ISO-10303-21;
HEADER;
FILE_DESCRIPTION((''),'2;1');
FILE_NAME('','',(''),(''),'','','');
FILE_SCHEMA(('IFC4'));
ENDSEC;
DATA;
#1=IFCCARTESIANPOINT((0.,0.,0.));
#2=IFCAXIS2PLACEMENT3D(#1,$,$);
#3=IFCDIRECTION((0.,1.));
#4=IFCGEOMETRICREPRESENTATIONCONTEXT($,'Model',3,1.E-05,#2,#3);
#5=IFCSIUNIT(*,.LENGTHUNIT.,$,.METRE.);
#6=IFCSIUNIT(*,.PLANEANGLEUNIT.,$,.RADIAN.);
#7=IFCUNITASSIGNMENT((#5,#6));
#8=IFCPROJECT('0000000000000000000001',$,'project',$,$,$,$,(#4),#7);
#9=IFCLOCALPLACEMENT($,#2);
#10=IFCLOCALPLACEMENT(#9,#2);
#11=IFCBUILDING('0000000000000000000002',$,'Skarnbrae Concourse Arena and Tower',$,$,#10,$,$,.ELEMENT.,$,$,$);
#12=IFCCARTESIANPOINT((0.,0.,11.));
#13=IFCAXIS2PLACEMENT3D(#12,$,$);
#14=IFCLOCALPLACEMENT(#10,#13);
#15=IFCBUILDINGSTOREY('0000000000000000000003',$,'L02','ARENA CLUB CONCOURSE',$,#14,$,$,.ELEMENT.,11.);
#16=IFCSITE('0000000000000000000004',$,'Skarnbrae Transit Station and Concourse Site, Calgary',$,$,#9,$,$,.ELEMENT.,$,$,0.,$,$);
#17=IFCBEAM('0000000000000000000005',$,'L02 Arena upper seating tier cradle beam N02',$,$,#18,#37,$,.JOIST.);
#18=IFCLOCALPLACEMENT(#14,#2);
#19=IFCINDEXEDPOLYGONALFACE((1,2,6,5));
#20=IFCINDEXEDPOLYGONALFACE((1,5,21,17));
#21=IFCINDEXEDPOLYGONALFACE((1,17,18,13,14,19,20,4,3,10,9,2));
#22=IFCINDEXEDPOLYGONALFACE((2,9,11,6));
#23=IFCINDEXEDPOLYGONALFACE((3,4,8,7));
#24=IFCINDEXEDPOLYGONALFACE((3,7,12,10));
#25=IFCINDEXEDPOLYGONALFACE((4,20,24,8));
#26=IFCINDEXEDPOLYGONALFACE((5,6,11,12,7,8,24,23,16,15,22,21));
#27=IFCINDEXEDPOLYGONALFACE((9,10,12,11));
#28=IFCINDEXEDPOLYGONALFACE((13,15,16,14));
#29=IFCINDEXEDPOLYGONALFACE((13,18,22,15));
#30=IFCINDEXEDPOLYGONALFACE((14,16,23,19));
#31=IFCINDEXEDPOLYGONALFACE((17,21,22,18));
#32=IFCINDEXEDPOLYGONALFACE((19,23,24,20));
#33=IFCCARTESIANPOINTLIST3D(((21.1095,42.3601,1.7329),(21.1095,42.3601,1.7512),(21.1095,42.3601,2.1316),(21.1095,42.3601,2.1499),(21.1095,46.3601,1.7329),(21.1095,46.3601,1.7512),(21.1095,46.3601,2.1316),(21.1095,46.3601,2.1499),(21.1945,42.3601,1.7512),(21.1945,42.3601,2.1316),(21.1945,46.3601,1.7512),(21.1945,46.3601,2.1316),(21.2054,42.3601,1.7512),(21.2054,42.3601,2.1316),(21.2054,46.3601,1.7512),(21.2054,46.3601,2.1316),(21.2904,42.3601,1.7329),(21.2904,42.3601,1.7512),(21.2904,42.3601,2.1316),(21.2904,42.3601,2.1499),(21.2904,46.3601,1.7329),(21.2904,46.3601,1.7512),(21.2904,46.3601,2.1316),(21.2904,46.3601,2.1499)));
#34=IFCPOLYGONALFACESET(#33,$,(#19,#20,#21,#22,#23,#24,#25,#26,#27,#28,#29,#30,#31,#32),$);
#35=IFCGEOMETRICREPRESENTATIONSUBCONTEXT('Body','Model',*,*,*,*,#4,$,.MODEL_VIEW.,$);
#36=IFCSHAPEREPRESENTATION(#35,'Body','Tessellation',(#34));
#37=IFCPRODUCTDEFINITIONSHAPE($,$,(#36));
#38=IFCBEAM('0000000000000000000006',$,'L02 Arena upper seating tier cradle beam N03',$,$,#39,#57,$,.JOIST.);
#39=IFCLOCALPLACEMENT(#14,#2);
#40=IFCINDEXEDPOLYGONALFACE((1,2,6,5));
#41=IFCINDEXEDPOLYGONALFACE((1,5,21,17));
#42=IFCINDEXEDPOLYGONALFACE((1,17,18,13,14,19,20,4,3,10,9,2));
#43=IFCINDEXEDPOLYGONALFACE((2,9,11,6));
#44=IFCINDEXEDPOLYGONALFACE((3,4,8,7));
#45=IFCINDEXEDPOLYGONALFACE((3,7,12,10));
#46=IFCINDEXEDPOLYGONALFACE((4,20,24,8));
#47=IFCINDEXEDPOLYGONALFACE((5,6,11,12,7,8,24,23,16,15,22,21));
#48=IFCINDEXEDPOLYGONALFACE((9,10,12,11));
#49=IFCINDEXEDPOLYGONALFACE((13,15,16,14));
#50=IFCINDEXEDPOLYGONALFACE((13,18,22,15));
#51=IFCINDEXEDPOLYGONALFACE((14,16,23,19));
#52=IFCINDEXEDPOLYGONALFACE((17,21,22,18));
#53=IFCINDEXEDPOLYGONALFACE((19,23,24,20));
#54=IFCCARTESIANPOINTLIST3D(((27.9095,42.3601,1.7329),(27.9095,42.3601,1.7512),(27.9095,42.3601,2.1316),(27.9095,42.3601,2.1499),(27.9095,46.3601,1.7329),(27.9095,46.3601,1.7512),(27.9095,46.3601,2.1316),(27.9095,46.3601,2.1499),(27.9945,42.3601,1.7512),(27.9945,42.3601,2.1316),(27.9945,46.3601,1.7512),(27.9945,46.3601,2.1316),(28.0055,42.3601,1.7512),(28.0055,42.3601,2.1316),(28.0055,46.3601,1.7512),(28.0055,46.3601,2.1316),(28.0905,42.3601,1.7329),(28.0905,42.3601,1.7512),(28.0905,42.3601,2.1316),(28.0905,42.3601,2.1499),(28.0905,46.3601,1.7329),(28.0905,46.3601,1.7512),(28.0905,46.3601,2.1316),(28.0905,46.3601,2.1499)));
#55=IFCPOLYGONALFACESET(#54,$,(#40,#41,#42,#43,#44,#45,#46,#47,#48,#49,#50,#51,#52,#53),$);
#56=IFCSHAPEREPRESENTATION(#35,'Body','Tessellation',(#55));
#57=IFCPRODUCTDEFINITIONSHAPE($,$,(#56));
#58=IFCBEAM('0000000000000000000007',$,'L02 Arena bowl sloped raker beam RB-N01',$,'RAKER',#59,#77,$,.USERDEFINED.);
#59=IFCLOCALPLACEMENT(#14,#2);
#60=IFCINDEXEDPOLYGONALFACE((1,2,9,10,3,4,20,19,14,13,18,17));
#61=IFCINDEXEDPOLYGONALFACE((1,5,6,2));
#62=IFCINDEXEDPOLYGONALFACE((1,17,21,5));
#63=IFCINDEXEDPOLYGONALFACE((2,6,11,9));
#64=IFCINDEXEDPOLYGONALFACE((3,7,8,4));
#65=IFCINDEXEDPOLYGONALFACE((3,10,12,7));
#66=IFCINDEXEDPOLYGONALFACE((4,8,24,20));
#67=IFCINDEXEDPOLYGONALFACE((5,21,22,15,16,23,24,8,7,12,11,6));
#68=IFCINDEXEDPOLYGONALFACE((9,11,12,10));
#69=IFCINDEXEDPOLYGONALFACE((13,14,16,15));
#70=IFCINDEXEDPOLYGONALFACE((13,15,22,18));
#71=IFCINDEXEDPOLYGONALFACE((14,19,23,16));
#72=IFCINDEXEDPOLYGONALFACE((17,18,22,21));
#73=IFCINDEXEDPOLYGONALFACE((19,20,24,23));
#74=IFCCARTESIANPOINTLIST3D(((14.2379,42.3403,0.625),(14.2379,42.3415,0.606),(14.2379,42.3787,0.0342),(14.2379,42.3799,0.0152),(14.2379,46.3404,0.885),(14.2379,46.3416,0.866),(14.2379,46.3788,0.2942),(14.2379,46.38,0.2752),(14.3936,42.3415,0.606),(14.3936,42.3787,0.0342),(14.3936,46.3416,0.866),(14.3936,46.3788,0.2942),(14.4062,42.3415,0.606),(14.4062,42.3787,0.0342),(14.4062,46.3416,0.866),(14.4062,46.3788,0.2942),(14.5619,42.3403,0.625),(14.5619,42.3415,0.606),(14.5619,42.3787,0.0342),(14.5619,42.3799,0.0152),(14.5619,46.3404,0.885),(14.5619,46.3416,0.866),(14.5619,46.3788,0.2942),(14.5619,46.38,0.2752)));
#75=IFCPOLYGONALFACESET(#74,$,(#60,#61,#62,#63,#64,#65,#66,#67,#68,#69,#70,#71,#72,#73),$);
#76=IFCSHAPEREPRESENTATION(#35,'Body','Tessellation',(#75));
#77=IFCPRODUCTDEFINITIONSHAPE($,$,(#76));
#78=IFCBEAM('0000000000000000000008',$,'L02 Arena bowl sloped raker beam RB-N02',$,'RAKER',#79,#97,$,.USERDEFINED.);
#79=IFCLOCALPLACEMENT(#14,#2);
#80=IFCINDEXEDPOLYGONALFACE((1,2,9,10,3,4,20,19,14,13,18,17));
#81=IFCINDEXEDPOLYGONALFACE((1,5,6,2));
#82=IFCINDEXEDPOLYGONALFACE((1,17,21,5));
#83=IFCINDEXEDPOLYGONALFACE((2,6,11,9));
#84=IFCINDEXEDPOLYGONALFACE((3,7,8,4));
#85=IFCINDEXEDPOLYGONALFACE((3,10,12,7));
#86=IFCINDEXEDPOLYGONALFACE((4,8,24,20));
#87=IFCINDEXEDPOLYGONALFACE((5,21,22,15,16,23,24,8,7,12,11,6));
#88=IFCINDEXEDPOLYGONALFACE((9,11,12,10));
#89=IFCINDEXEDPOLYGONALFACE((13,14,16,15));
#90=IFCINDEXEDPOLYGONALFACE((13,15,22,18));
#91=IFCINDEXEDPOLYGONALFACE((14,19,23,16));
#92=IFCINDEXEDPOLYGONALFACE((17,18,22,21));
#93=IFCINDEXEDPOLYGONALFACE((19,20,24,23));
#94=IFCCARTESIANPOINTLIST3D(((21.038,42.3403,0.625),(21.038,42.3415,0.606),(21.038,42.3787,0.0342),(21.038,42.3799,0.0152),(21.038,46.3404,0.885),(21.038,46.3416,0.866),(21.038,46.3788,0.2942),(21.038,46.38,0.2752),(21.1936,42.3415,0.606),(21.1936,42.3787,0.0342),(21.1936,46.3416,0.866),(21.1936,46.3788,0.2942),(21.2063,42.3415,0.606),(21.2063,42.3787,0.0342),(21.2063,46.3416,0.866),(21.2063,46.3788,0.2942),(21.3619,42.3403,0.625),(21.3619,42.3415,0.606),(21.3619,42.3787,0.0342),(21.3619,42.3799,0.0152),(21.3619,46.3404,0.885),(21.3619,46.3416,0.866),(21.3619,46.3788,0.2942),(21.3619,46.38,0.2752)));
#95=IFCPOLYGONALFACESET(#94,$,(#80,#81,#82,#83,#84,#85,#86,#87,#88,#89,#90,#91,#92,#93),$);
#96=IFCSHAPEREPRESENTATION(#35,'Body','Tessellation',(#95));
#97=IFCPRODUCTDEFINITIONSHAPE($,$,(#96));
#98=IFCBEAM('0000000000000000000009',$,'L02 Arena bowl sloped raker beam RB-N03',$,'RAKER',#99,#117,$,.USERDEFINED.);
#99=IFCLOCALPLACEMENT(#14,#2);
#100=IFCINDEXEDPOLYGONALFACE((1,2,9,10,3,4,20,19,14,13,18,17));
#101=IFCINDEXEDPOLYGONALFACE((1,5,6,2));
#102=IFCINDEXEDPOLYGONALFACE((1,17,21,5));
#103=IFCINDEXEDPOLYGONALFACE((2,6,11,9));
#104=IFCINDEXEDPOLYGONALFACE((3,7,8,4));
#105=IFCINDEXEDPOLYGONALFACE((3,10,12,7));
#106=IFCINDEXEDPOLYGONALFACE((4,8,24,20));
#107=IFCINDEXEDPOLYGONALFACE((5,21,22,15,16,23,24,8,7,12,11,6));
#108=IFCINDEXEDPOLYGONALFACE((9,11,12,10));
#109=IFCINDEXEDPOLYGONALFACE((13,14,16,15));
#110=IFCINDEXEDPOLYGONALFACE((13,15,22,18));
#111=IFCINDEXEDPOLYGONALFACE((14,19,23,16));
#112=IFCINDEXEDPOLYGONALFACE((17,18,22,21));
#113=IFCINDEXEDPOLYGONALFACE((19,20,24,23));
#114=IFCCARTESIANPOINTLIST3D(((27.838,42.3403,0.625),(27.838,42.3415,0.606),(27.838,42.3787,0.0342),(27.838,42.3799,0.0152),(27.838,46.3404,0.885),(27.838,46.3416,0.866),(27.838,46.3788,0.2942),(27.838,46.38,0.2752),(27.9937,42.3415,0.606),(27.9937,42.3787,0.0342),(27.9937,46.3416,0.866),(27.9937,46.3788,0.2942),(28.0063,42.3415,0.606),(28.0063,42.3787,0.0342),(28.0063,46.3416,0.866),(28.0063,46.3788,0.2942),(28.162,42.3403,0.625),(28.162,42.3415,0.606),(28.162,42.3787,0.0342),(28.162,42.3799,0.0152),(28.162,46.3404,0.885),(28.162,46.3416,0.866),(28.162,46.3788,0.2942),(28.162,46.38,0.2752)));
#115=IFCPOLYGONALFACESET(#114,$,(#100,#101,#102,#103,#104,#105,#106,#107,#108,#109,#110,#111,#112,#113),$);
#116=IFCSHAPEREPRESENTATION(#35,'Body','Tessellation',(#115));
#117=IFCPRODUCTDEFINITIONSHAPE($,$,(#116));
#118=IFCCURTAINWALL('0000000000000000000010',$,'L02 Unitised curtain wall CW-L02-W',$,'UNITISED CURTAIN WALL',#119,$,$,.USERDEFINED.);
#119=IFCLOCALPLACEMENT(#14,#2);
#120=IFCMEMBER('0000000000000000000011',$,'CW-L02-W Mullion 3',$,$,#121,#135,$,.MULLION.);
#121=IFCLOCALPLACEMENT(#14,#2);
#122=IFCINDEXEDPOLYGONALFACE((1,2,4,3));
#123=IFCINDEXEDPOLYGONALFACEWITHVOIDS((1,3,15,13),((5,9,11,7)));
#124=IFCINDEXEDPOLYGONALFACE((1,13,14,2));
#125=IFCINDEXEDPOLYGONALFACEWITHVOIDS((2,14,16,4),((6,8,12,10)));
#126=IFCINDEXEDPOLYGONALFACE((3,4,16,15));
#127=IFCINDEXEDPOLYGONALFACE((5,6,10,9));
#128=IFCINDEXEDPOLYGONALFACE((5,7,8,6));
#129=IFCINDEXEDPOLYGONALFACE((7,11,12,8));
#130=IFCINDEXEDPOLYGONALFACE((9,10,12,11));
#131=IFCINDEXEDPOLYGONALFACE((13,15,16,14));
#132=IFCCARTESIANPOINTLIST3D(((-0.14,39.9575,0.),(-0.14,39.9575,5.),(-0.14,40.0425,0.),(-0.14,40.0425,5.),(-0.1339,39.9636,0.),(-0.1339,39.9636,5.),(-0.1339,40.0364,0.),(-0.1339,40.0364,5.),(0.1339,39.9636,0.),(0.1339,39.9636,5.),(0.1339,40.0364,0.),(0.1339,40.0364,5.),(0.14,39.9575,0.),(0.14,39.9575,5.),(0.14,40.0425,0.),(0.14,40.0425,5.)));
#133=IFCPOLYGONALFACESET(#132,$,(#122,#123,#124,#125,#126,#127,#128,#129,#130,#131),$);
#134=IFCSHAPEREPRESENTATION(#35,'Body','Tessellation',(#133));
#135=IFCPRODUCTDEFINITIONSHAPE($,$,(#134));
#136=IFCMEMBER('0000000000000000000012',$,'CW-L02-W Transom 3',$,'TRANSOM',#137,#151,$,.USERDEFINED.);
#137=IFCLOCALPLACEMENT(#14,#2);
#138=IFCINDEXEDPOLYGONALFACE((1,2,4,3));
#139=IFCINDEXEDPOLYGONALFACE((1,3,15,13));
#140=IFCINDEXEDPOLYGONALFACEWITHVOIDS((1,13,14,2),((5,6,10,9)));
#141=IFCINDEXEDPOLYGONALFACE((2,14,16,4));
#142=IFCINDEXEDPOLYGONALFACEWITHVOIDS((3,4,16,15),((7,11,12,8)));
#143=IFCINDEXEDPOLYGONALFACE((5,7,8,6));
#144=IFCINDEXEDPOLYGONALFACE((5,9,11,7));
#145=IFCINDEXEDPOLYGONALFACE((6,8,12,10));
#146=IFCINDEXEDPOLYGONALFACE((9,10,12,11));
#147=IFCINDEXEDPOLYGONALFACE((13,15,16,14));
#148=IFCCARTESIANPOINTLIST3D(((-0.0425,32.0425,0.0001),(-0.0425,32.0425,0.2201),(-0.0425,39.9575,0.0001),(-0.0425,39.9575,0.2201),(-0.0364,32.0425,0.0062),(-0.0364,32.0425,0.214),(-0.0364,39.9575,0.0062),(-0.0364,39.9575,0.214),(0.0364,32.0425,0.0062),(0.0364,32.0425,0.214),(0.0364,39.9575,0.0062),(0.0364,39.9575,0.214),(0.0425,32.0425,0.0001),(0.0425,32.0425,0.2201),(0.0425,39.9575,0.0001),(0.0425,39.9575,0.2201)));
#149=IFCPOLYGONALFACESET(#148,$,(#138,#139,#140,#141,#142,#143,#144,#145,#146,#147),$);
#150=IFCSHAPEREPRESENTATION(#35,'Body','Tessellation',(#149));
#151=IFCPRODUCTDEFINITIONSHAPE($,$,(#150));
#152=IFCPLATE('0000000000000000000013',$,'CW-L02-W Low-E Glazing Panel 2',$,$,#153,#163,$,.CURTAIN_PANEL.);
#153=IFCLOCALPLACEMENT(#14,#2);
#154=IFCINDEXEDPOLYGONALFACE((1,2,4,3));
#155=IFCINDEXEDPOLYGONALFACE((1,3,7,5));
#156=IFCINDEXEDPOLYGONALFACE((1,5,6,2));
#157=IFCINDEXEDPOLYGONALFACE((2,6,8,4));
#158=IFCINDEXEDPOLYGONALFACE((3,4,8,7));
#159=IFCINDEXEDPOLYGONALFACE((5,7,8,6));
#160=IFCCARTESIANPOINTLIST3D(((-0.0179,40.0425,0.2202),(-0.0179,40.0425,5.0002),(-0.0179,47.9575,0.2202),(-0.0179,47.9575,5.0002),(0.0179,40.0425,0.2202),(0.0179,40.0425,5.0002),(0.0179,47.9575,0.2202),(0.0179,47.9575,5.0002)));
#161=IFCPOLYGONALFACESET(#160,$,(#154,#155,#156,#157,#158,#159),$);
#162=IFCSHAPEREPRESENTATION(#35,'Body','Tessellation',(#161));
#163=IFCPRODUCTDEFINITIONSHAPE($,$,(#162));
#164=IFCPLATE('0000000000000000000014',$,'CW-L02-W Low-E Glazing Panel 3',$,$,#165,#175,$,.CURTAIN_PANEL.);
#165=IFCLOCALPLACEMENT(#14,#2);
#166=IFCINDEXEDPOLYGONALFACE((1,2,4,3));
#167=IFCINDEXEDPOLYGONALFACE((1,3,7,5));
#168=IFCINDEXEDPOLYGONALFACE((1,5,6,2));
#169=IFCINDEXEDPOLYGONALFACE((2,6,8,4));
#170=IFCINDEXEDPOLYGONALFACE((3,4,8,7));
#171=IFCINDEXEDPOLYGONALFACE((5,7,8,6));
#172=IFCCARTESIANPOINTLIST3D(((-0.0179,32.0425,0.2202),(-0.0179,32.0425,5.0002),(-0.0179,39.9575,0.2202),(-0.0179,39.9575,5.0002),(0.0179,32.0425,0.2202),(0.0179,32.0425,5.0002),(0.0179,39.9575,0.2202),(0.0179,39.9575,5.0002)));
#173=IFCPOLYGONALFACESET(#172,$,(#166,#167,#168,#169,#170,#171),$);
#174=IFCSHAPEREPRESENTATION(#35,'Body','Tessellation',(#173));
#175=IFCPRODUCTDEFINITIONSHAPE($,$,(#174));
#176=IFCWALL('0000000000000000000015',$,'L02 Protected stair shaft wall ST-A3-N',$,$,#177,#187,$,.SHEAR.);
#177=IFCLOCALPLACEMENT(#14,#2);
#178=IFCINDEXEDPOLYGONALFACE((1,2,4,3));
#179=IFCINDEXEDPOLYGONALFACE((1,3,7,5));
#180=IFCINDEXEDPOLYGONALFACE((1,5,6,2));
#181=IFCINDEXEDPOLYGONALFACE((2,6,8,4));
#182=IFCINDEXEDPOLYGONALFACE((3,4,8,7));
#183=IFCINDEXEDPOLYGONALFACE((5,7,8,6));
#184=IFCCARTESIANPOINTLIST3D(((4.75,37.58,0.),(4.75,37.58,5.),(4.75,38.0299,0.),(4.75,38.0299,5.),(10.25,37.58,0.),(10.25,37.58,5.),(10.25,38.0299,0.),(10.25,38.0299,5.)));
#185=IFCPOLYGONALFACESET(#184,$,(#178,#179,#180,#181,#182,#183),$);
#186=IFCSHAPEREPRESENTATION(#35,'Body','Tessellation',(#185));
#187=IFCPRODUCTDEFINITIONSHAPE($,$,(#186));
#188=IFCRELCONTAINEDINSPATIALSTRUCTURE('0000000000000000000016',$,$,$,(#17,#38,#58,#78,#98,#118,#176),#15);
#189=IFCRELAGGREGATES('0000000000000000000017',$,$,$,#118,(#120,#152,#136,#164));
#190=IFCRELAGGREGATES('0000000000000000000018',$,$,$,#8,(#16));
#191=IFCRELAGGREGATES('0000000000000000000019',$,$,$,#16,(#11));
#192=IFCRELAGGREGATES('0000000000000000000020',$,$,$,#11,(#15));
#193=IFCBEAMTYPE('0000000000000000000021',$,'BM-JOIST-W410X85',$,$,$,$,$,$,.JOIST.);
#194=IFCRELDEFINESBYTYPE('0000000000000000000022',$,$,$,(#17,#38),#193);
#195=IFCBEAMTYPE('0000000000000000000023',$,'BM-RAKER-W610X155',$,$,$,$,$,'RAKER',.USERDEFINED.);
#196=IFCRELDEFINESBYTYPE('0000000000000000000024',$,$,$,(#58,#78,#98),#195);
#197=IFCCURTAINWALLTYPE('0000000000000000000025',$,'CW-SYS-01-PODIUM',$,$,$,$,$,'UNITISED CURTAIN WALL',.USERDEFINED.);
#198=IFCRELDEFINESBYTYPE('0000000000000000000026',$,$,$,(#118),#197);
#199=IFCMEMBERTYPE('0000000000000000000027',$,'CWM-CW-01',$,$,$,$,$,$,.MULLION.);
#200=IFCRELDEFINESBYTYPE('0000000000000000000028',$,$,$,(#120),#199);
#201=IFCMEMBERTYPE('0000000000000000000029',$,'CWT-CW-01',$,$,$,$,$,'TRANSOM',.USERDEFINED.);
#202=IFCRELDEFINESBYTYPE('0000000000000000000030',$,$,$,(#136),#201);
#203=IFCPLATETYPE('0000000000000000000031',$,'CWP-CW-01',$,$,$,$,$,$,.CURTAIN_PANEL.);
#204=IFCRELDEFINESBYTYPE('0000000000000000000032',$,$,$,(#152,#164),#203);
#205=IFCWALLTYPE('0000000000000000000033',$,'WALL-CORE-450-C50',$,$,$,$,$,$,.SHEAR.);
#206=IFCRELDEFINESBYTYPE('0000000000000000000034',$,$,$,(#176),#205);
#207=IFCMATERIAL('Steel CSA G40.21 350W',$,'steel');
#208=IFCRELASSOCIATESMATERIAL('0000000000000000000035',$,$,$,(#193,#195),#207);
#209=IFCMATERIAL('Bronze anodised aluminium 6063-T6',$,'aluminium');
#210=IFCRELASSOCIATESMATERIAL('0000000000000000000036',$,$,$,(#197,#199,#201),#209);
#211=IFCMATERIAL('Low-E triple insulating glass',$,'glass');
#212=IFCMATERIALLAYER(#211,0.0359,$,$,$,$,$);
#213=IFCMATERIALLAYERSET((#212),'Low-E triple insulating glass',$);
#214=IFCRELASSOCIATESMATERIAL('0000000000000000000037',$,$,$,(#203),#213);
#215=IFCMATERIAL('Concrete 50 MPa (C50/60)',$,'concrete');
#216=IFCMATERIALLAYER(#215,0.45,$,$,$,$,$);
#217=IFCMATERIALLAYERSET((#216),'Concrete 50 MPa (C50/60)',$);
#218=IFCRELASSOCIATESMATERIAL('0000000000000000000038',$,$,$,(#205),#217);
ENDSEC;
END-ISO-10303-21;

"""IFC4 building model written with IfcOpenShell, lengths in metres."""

from ifc_helpers import new_model, si_unit, direction, frame, frame_2d, origin, origin_2d, place, context, subcontext, project, spatial, rectangle, hollow_rectangle, i_section, extrude, source, transform, mapped, material, layer, layer_set, material_profile, profile_set, type_object, element, aggregate, save


model = new_model("IFC4")

# Units and contexts
model_context = context("Model", 3, precision=1e-05, world=origin(), true_north=direction((0.0, 1.0)))
body_context = subcontext(model_context, "Body", "Model", "MODEL_VIEW")
ifc_project = project(units=[si_unit("LENGTHUNIT", "METRE"), si_unit("PLANEANGLEUNIT", "RADIAN")], contexts=[model_context])

# Site, building, storey
site_placement = place(None, origin())
site = spatial("IfcSite", under=ifc_project, at=site_placement, Name="Skarnbrae Transit Station and Concourse Site, Calgary", CompositionType="ELEMENT", RefElevation=0.0)
building_placement = place(site_placement, origin())
building = spatial("IfcBuilding", under=site, at=building_placement, Name="Skarnbrae Concourse Arena and Tower", CompositionType="ELEMENT")
storey_placement = place(building_placement, frame((0.0, 0.0, 11.0)))
storey = spatial("IfcBuildingStorey", under=building, at=storey_placement, Name="L02", Description="ARENA CLUB CONCOURSE", CompositionType="ELEMENT", Elevation=11.0)

# Shared definitions
ifc_material_1 = material(Name="Steel CSA G40.21 350W", Category="steel")

# Beams
ifc_material_profile_1 = material_profile(ifc_material_1, i_section(OverallWidth=0.1809, OverallDepth=0.417, WebThickness=0.011, FlangeThickness=0.0183, at=origin_2d()), Name="W410X85")
ifc_profile_set_1 = profile_set([ifc_material_profile_1], Name="Steel CSA G40.21 350W")
beam_type_1 = type_object("IfcBeamType", Name="BM-JOIST-W410X85", PredefinedType="JOIST", material=ifc_profile_set_1)
shared_shape_1 = source(origin(), body_context, "Body", "SweptSolid", [
    extrude(i_section(OverallWidth=0.1809, OverallDepth=0.417, WebThickness=0.011, FlangeThickness=0.0183, at=origin_2d()), origin(), (0.0, 0.0, 1.0), 4.0),
])
for number, where, z_axis, x_axis, name in (
    (1, (21.2, 42.3601, 1.9414), (0.0, 1.0, 0.0), (-1.0, 0.0, 0.0), "L02 Arena upper seating tier cradle beam N02"),
    (2, (28.0, 42.3601, 1.9414), (0.0, 1.0, 0.0), (-1.0, 0.0, 0.0), "L02 Arena upper seating tier cradle beam N03"),
):
    element("IfcBeam", number, at=place(storey_placement, frame(where, z_axis=z_axis, x_axis=x_axis)), inside=storey, type_object=beam_type_1, Name=name, PredefinedType="JOIST", context=body_context, shape_type="MappedRepresentation", body=[
        mapped(shared_shape_1, transform((0.0, 0.0, 0.0))),
    ])
ifc_material_profile_2 = material_profile(ifc_material_1, i_section(OverallWidth=0.324, OverallDepth=0.6111, WebThickness=0.0127, FlangeThickness=0.019, at=origin_2d()), Name="W610X155")
ifc_profile_set_2 = profile_set([ifc_material_profile_2], Name="Steel CSA G40.21 350W")
beam_type_2 = type_object("IfcBeamType", Name="BM-RAKER-W610X155", ElementType="RAKER", PredefinedType="USERDEFINED", material=ifc_profile_set_2)
shared_shape_2 = source(origin(), body_context, "Body", "SweptSolid", [
    extrude(i_section(OverallWidth=0.324, OverallDepth=0.6111, WebThickness=0.0127, FlangeThickness=0.019, at=origin_2d()), origin(), (0.0, 0.0, 1.0), 4.0085),
])
for number, where, z_axis, x_axis, name in (
    (3, (14.3999, 42.3601, 0.3201), (0.0, 0.997894, 0.064866), (-1.0, 0.0, 0.0), "L02 Arena bowl sloped raker beam RB-N01"),
    (4, (21.2, 42.3601, 0.3201), (0.0, 0.997894, 0.064866), (-1.0, 0.0, 0.0), "L02 Arena bowl sloped raker beam RB-N02"),
    (5, (28.0, 42.3601, 0.3201), (0.0, 0.997894, 0.064866), (-1.0, 0.0, 0.0), "L02 Arena bowl sloped raker beam RB-N03"),
):
    element("IfcBeam", number, at=place(storey_placement, frame(where, z_axis=z_axis, x_axis=x_axis)), inside=storey, type_object=beam_type_2, Name=name, ObjectType="RAKER", PredefinedType="USERDEFINED", context=body_context, shape_type="MappedRepresentation", body=[
        mapped(shared_shape_2, transform((0.0, 0.0, 0.0))),
    ])

# Curtain wall, members, plates
ifc_material_2 = material(Name="Bronze anodised aluminium 6063-T6", Category="aluminium")
curtain_wall_type = type_object("IfcCurtainWallType", Name="CW-SYS-01-PODIUM", ElementType="UNITISED CURTAIN WALL", PredefinedType="USERDEFINED", material=ifc_material_2)
curtain_wall_placement = place(storey_placement, origin())
curtain_wall = element("IfcCurtainWall", 6, at=curtain_wall_placement, inside=storey, type_object=curtain_wall_type, Name="L02 Unitised curtain wall CW-L02-W", ObjectType="UNITISED CURTAIN WALL", PredefinedType="USERDEFINED")
ifc_material_profile_3 = material_profile(ifc_material_2, hollow_rectangle(XDim=0.085, YDim=0.28, WallThickness=0.0061, at=origin_2d()), Name="ALU-MULL-85X280")
ifc_profile_set_3 = profile_set([ifc_material_profile_3], Name="Bronze anodised aluminium 6063-T6")
member_type_1 = type_object("IfcMemberType", Name="CWM-CW-01", PredefinedType="MULLION", material=ifc_profile_set_3)
shared_shape_3 = source(origin(), body_context, "Body", "SweptSolid", [
    extrude(hollow_rectangle(XDim=0.085, YDim=0.28, WallThickness=0.0061, at=origin_2d()), origin(), (0.0, 0.0, 1.0), 5.0),
])
member_1_placement = place(storey_placement, frame((0.0, 40.0, 0.0), z_axis=(0.0, 0.0, 1.0), x_axis=(0.0, -1.0, 0.0)))
member_1 = element("IfcMember", 7, at=member_1_placement, type_object=member_type_1, Name="CW-L02-W Mullion 3", PredefinedType="MULLION", context=body_context, shape_type="MappedRepresentation", body=[
    mapped(shared_shape_3, transform((0.0, 0.0, 0.0))),
])
ifc_material_profile_4 = material_profile(ifc_material_2, hollow_rectangle(XDim=0.085, YDim=0.22, WallThickness=0.0061, at=origin_2d()), Name="ALU-TRAN-85X220")
ifc_profile_set_4 = profile_set([ifc_material_profile_4], Name="Bronze anodised aluminium 6063-T6")
member_type_2 = type_object("IfcMemberType", Name="CWT-CW-01", ElementType="TRANSOM", PredefinedType="USERDEFINED", material=ifc_profile_set_4)
shared_shape_4 = source(origin(), body_context, "Body", "SweptSolid", [
    extrude(hollow_rectangle(XDim=0.085, YDim=0.22, WallThickness=0.0061, at=origin_2d()), origin(), (0.0, 0.0, 1.0), 7.915),
])
member_2_placement = place(storey_placement, frame((0.0, 39.9575, 0.1101), z_axis=(0.0, -1.0, 0.0), x_axis=(1.0, 0.0, 0.0)))
member_2 = element("IfcMember", 8, at=member_2_placement, type_object=member_type_2, Name="CW-L02-W Transom 3", ObjectType="TRANSOM", PredefinedType="USERDEFINED", context=body_context, shape_type="MappedRepresentation", body=[
    mapped(shared_shape_4, transform((0.0, 0.0, 0.0))),
])
ifc_material_3 = material(Name="Low-E triple insulating glass", Category="glass")
ifc_layer_1 = layer(ifc_material_3, 0.0359)
ifc_layer_set_1 = layer_set([ifc_layer_1], Name="Low-E triple insulating glass")
plate_type = type_object("IfcPlateType", Name="CWP-CW-01", PredefinedType="CURTAIN_PANEL", material=ifc_layer_set_1)
shared_shape_5 = source(origin(), body_context, "Body", "SweptSolid", [
    extrude(rectangle(XDim=7.915, YDim=0.0359, at=origin_2d()), origin(), (0.0, 0.0, 1.0), 4.78),
])
plate_1_placement = place(storey_placement, frame((0.0, 44.0, 0.2202), z_axis=(0.0, 0.0, 1.0), x_axis=(0.0, -1.0, 0.0)))
plate_1 = element("IfcPlate", 9, at=plate_1_placement, type_object=plate_type, Name="CW-L02-W Low-E Glazing Panel 2", PredefinedType="CURTAIN_PANEL", context=body_context, shape_type="MappedRepresentation", body=[
    mapped(shared_shape_5, transform((0.0, 0.0, 0.0))),
])
plate_2_placement = place(storey_placement, frame((0.0, 36.0, 0.2202), z_axis=(0.0, 0.0, 1.0), x_axis=(0.0, -1.0, 0.0)))
plate_2 = element("IfcPlate", 10, at=plate_2_placement, type_object=plate_type, Name="CW-L02-W Low-E Glazing Panel 3", PredefinedType="CURTAIN_PANEL", context=body_context, shape_type="MappedRepresentation", body=[
    mapped(shared_shape_5, transform((0.0, 0.0, 0.0))),
])
aggregate(curtain_wall, [member_1, plate_1, member_2, plate_2])

# Wall
ifc_material_4 = material(Name="Concrete 50 MPa (C50/60)", Category="concrete")
ifc_layer_2 = layer(ifc_material_4, 0.45)
ifc_layer_set_2 = layer_set([ifc_layer_2], Name="Concrete 50 MPa (C50/60)")
wall_type_1 = type_object("IfcWallType", Name="WALL-CORE-450-C50", PredefinedType="SHEAR", material=ifc_layer_set_2)
shared_shape_6 = source(origin(), body_context, "Body", "SweptSolid", [
    extrude(rectangle(XDim=5.5, YDim=0.45, at=frame_2d((2.75, 0.0))), origin(), (0.0, 0.0, 1.0), 5.0),
])
wall_placement = place(storey_placement, frame((4.75, 37.8049, 0.0), z_axis=(0.0, 0.0, 1.0), x_axis=(1.0, 0.0, 0.0)))
element("IfcWall", 11, at=wall_placement, inside=storey, type_object=wall_type_1, Name="L02 Protected stair shaft wall ST-A3-N", PredefinedType="SHEAR", context=body_context, shape_type="MappedRepresentation", body=[
    mapped(shared_shape_6, transform((0.0, 0.0, 0.0))),
])

save(model, "model.ifc")
